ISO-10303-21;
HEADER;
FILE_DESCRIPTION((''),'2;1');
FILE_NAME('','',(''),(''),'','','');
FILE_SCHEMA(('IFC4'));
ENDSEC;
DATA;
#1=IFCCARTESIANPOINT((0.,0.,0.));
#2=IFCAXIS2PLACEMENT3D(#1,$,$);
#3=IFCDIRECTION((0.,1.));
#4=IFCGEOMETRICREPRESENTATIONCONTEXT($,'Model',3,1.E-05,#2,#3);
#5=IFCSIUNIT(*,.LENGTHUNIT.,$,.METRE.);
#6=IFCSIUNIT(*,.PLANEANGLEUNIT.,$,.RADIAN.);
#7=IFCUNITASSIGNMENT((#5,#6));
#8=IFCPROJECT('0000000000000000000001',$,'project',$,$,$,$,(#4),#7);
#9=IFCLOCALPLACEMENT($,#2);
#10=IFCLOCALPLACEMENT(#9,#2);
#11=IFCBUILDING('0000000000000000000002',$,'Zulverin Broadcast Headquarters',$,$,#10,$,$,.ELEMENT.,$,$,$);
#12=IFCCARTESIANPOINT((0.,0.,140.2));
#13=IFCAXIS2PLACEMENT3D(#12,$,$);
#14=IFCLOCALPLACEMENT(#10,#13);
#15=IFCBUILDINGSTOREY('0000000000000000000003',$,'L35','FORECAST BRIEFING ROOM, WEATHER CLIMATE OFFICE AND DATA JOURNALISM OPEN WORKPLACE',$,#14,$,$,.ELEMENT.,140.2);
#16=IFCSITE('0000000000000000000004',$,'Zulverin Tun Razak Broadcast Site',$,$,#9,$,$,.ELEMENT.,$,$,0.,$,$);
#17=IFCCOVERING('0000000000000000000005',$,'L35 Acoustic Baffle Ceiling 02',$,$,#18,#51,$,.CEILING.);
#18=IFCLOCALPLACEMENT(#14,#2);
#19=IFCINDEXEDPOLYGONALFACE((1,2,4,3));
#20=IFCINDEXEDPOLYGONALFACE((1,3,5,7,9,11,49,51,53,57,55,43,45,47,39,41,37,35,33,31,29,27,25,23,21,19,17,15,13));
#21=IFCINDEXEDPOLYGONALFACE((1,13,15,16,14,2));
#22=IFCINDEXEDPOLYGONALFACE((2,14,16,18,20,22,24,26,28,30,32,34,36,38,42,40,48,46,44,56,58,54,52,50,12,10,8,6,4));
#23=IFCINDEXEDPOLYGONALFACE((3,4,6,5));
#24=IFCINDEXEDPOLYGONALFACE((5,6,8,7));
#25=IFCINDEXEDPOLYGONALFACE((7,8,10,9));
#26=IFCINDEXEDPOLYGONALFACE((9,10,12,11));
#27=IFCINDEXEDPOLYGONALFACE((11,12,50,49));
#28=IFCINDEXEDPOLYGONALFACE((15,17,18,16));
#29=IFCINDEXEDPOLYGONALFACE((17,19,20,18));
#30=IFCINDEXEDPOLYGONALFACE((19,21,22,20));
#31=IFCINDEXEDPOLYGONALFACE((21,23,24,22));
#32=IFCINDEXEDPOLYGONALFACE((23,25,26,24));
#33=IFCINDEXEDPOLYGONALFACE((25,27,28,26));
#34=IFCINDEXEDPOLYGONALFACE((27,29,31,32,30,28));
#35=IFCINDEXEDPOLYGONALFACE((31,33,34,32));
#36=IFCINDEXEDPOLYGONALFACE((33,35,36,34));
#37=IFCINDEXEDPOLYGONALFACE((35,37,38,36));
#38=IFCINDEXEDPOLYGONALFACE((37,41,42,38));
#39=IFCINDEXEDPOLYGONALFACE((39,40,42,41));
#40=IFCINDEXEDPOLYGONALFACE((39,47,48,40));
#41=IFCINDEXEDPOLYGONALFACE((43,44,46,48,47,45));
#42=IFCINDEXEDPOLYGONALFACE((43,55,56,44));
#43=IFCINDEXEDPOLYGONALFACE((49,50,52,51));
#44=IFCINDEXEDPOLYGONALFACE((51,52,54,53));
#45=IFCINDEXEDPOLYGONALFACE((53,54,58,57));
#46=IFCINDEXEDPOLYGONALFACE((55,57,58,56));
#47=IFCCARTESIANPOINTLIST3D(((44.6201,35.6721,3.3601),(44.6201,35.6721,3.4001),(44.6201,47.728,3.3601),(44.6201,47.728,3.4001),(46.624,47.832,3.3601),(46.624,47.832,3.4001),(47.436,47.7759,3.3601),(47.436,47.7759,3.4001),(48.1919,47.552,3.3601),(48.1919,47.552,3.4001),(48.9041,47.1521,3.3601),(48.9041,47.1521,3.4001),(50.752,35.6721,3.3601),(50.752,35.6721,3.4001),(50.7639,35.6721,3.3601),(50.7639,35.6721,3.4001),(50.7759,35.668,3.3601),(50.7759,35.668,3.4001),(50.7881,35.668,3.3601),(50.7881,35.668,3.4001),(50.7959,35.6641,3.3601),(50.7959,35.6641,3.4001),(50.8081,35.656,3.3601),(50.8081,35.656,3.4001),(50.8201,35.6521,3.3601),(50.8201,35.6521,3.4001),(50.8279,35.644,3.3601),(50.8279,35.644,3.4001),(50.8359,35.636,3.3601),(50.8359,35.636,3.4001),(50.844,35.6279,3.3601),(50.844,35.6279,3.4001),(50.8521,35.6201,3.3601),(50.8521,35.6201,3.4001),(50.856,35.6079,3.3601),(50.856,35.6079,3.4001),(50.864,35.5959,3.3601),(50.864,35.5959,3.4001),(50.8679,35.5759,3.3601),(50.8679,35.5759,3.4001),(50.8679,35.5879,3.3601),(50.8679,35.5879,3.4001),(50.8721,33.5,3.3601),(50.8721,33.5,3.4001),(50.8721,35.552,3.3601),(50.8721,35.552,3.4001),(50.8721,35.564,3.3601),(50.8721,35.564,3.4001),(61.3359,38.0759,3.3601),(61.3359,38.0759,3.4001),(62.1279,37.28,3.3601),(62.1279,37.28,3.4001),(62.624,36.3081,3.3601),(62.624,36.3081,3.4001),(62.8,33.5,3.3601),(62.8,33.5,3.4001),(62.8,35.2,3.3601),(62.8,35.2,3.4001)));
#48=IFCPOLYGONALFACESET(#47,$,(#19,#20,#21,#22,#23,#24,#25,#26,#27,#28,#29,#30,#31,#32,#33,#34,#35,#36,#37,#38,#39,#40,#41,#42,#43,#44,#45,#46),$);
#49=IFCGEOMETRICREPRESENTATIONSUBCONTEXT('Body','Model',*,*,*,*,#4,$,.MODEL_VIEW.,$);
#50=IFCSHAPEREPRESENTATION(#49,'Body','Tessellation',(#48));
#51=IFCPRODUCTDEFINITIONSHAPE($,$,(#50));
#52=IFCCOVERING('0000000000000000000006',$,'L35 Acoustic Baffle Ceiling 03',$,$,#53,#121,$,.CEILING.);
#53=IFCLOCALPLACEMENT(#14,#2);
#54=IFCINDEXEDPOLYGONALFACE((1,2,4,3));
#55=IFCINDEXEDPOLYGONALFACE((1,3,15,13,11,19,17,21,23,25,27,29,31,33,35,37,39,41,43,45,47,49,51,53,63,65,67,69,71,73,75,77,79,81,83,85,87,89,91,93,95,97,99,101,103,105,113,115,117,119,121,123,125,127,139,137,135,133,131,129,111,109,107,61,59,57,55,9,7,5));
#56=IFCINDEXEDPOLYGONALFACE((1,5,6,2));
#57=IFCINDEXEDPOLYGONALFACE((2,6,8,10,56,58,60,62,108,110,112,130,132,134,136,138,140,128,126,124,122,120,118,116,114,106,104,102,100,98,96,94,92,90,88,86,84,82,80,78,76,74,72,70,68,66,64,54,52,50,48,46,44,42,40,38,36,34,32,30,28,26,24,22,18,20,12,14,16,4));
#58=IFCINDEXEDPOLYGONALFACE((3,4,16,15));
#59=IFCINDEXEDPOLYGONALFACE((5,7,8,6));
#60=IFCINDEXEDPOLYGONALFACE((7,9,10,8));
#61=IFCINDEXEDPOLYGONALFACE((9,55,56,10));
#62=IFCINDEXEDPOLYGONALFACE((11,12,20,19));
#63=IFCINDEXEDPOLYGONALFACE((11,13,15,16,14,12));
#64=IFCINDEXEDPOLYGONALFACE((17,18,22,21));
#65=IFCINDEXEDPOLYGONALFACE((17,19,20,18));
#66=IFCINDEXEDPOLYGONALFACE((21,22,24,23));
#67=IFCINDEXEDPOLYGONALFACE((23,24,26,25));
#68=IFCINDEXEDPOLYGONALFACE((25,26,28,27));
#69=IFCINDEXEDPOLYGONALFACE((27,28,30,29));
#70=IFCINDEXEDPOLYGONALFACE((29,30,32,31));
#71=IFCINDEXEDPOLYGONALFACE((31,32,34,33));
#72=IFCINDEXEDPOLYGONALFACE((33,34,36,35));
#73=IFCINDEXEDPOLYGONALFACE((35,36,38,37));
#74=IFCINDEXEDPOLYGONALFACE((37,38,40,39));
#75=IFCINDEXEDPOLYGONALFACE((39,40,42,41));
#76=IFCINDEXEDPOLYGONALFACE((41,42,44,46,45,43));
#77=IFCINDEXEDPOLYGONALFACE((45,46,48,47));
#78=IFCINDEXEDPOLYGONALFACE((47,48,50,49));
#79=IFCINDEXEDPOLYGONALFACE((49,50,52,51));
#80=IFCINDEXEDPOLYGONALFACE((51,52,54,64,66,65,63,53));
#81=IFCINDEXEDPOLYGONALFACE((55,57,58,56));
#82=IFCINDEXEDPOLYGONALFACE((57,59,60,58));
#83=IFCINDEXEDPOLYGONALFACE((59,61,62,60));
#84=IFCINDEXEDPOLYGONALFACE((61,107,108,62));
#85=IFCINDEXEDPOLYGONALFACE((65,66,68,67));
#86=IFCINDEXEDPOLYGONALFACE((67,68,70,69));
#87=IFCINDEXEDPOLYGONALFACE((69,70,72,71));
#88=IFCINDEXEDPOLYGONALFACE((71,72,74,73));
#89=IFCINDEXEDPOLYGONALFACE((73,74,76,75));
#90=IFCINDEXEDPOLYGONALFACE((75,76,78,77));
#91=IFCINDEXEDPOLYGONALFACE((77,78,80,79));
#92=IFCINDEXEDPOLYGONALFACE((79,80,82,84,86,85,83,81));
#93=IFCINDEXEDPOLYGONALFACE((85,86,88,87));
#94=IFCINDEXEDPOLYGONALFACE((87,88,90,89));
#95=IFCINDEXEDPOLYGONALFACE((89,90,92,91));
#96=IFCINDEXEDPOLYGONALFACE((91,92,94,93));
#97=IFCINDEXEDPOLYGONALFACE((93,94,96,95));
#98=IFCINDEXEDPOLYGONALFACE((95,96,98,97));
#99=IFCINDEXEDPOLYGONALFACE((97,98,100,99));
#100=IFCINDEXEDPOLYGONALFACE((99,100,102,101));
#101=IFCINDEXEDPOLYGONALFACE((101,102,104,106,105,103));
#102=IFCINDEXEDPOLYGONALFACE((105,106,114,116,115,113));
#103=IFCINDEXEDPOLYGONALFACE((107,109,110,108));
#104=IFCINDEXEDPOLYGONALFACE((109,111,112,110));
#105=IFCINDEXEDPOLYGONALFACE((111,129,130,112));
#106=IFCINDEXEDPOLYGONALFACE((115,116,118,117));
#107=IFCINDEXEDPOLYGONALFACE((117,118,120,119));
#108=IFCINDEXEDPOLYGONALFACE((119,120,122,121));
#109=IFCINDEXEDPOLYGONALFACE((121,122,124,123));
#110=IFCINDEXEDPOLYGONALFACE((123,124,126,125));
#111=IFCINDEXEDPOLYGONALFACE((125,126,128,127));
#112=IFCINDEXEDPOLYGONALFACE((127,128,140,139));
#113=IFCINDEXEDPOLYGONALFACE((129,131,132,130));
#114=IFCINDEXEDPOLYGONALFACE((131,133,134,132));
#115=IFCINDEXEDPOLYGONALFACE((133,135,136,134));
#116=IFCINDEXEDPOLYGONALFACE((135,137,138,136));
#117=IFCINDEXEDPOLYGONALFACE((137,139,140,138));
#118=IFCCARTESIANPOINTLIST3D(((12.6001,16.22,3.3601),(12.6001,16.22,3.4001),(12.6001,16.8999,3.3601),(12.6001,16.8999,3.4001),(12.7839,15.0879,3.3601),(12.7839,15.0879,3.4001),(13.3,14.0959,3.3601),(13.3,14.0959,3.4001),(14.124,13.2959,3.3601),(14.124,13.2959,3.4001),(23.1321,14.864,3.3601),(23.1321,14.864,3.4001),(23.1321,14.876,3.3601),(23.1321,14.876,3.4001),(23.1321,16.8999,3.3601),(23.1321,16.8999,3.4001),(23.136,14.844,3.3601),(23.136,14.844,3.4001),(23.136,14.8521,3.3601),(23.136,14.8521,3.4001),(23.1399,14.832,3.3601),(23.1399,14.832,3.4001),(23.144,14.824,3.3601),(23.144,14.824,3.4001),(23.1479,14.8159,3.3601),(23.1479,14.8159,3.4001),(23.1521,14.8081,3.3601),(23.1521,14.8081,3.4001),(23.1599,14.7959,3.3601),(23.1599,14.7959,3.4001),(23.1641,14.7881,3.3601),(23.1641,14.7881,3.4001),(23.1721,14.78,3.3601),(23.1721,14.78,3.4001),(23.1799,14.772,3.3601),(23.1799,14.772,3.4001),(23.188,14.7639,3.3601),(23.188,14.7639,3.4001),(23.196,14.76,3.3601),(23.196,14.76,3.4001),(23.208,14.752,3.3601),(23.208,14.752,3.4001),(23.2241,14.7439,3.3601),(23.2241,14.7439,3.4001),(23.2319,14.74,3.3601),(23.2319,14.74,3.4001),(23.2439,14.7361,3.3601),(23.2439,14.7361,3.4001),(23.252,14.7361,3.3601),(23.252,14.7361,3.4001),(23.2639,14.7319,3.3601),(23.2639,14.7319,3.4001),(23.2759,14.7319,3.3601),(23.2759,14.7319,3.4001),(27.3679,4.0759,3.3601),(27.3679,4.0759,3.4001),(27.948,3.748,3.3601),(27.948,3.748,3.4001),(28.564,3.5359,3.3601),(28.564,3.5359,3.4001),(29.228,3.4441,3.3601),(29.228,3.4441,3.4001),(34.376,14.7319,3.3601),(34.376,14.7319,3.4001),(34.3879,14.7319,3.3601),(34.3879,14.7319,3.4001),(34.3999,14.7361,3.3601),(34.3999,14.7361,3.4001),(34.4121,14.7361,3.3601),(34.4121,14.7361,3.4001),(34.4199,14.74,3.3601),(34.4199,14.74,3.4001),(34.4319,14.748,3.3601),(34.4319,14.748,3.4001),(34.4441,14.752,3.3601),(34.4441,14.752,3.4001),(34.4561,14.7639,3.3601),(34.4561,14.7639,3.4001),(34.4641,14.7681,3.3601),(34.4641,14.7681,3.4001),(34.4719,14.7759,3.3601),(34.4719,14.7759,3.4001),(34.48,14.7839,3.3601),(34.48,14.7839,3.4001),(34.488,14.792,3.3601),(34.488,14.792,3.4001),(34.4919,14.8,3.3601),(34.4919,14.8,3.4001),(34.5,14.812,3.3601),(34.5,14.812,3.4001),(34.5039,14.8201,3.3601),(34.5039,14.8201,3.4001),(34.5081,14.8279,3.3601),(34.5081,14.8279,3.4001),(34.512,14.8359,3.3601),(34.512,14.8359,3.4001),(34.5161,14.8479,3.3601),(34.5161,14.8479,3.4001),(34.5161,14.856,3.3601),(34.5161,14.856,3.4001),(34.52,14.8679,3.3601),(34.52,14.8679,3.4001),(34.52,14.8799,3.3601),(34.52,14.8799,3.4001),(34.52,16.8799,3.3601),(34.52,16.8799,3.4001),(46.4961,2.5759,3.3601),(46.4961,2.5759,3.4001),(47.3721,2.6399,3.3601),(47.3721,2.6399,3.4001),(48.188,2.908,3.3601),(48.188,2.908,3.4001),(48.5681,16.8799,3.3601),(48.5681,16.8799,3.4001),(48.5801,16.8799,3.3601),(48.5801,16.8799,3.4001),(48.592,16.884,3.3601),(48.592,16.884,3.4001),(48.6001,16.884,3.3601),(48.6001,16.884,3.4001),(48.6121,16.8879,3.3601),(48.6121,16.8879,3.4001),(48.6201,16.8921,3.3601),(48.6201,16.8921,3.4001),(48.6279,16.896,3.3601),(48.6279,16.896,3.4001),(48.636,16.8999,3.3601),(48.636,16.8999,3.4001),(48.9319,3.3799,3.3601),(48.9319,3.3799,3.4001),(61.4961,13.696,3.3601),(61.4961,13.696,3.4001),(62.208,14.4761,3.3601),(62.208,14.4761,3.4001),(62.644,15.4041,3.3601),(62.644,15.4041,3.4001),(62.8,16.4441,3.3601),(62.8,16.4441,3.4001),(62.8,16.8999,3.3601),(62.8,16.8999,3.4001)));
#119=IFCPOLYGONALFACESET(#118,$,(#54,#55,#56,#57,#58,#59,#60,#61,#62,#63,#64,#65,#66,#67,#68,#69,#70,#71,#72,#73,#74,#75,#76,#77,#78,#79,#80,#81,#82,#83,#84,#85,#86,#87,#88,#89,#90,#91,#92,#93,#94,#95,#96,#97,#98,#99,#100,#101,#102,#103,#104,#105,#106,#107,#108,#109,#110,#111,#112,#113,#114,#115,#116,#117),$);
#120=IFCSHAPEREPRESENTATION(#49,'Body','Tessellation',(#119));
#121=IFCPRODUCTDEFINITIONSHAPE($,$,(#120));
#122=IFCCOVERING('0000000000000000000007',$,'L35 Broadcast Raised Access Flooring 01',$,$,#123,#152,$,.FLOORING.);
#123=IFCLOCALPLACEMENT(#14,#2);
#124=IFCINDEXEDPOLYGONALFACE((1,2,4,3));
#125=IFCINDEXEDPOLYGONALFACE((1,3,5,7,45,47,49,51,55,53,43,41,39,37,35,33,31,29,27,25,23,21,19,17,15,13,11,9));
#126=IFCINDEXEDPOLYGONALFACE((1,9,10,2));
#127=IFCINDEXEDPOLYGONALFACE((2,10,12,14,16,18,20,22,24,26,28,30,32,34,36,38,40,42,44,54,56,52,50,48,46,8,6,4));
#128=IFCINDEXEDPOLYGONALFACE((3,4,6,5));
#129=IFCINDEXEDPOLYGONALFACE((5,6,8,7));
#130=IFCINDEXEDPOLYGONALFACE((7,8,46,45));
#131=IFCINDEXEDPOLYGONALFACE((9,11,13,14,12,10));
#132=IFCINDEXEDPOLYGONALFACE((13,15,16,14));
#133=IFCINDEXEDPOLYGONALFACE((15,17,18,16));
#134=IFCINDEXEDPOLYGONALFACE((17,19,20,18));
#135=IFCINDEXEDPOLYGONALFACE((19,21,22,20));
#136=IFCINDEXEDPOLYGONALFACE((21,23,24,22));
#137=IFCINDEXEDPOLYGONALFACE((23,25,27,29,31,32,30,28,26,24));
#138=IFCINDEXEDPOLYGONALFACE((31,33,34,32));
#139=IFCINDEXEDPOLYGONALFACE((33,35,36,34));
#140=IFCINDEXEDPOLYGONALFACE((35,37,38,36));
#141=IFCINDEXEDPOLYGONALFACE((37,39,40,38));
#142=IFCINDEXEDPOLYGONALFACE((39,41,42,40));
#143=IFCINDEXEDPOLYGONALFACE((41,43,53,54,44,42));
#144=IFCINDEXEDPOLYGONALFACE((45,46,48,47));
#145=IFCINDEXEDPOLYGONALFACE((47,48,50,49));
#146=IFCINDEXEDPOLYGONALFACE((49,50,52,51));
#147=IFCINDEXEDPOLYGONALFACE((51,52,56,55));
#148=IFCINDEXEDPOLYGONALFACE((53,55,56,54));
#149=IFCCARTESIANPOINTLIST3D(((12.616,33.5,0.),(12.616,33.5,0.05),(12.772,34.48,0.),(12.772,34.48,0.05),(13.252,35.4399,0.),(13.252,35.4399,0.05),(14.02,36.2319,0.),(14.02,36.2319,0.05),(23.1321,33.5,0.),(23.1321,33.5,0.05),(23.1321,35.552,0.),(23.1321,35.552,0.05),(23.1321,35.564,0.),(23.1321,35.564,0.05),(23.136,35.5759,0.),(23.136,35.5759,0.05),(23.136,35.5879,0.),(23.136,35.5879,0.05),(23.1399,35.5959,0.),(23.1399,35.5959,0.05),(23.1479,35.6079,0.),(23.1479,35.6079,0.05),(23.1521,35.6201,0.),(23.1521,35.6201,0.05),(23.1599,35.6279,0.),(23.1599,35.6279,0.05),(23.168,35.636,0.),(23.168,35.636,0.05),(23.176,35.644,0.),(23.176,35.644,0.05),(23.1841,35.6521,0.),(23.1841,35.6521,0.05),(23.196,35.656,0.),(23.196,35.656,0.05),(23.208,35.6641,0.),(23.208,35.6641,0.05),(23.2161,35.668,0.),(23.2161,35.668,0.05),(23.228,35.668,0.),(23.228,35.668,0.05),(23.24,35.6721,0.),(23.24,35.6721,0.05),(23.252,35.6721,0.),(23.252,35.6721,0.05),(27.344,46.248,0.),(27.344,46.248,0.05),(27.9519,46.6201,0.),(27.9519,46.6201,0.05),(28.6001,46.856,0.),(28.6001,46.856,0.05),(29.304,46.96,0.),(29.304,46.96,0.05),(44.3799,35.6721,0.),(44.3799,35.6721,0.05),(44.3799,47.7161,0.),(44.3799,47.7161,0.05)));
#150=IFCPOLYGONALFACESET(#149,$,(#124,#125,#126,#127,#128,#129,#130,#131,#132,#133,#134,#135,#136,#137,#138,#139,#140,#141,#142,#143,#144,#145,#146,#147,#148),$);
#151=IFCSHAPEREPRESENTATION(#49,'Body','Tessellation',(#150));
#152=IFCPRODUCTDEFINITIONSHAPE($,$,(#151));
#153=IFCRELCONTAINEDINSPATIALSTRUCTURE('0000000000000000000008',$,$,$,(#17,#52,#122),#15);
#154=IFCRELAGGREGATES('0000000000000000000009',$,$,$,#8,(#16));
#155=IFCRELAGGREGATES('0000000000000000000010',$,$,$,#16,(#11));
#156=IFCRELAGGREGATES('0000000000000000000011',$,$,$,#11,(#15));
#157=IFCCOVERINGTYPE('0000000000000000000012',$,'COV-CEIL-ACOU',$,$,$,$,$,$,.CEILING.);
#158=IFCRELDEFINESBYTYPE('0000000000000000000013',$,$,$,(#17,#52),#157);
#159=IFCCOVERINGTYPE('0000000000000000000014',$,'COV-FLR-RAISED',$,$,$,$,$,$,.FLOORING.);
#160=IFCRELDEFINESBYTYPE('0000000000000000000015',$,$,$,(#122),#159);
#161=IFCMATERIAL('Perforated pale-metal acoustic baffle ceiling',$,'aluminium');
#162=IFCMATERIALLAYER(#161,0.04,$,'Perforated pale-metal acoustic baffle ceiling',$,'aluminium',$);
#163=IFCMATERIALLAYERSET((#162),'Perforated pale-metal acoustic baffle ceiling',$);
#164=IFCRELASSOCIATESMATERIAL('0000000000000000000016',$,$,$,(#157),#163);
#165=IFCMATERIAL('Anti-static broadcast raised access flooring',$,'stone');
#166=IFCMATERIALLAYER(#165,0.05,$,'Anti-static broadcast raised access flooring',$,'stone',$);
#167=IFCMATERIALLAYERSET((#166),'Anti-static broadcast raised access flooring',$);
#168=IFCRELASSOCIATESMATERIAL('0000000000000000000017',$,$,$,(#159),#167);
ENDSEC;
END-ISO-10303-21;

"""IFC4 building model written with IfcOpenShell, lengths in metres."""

from ifc_helpers import new_model, si_unit, direction, frame, origin, place, context, subcontext, project, spatial, polyline, outline, extrude, material, layer, layer_set, type_object, element, save


model = new_model("IFC4")

# Units and contexts
model_context = context("Model", 3, precision=1e-05, world=origin(), true_north=direction((0.0, 1.0)))
body_context = subcontext(model_context, "Body", "Model", "MODEL_VIEW")
ifc_project = project(units=[si_unit("LENGTHUNIT", "METRE"), si_unit("PLANEANGLEUNIT", "RADIAN")], contexts=[model_context])

# Site, building, storey
site_placement = place(None, origin())
site = spatial("IfcSite", under=ifc_project, at=site_placement, Name="Zulverin Tun Razak Broadcast Site", CompositionType="ELEMENT", RefElevation=0.0)
building_placement = place(site_placement, origin())
building = spatial("IfcBuilding", under=site, at=building_placement, Name="Zulverin Broadcast Headquarters", CompositionType="ELEMENT")
storey_placement = place(building_placement, frame((0.0, 0.0, 140.2)))
storey = spatial("IfcBuildingStorey", under=building, at=storey_placement, Name="L35", Description="FORECAST BRIEFING ROOM, WEATHER CLIMATE OFFICE AND DATA JOURNALISM OPEN WORKPLACE", CompositionType="ELEMENT", Elevation=140.2)

# Coverings
ifc_material_1 = material(Name="Perforated pale-metal acoustic baffle ceiling", Category="aluminium")
ifc_layer_1 = layer(ifc_material_1, 0.04, Name="Perforated pale-metal acoustic baffle ceiling", Category="aluminium")
ifc_layer_set_1 = layer_set([ifc_layer_1], Name="Perforated pale-metal acoustic baffle ceiling")
covering_type_1 = type_object("IfcCoveringType", Name="COV-CEIL-ACOU", PredefinedType="CEILING", material=ifc_layer_set_1)
covering_1_placement = place(storey_placement, frame((0.0, 0.0, 3.3601)))
element("IfcCovering", 1, at=covering_1_placement, inside=storey, type_object=covering_type_1, Name="L35 Acoustic Baffle Ceiling 02", PredefinedType="CEILING", context=body_context, shape_type="SweptSolid", body=[
    extrude(outline(polyline([(62.1279, 37.28), (61.3359, 38.0759), (48.9041, 47.1521), (48.1919, 47.552), (47.436, 47.7759), (46.624, 47.832), (44.6201, 47.728), (44.6201, 35.6721), (50.752, 35.6721), (50.7639, 35.6721), (50.7759, 35.668), (50.7881, 35.668), (50.7959, 35.6641), (50.8081, 35.656), (50.8201, 35.6521), (50.8279, 35.644), (50.8359, 35.636), (50.844, 35.6279), (50.8521, 35.6201), (50.856, 35.6079), (50.864, 35.5959), (50.8679, 35.5879), (50.8679, 35.5759), (50.8721, 35.564), (50.8721, 35.552), (50.8721, 33.5), (62.8, 33.5), (62.8, 35.2), (62.624, 36.3081), (62.1279, 37.28)])), origin(), (0.0, 0.0, 1.0), 0.04),
])
covering_2_placement = place(storey_placement, frame((0.0, 0.0, 3.3601)))
element("IfcCovering", 2, at=covering_2_placement, inside=storey, type_object=covering_type_1, Name="L35 Acoustic Baffle Ceiling 03", PredefinedType="CEILING", context=body_context, shape_type="SweptSolid", body=[
    extrude(outline(polyline([(23.1321, 14.864), (23.1321, 14.876), (23.1321, 16.8999), (12.6001, 16.8999), (12.6001, 16.22), (12.7839, 15.0879), (13.3, 14.0959), (14.124, 13.2959), (27.3679, 4.0759), (27.948, 3.748), (28.564, 3.5359), (29.228, 3.4441), (46.4961, 2.5759), (47.3721, 2.6399), (48.188, 2.908), (48.9319, 3.3799), (61.4961, 13.696), (62.208, 14.4761), (62.644, 15.4041), (62.8, 16.4441), (62.8, 16.8999), (48.636, 16.8999), (48.6279, 16.896), (48.6201, 16.8921), (48.6121, 16.8879), (48.6001, 16.884), (48.592, 16.884), (48.5801, 16.8799), (48.5681, 16.8799), (34.52, 16.8799), (34.52, 14.8799), (34.52, 14.8679), (34.5161, 14.856), (34.5161, 14.8479), (34.512, 14.8359), (34.5081, 14.8279), (34.5039, 14.8201), (34.5, 14.812), (34.4919, 14.8), (34.488, 14.792), (34.48, 14.7839), (34.4719, 14.7759), (34.4641, 14.7681), (34.4561, 14.7639), (34.4441, 14.752), (34.4319, 14.748), (34.4199, 14.74), (34.4121, 14.7361), (34.3999, 14.7361), (34.3879, 14.7319), (34.376, 14.7319), (23.2759, 14.7319), (23.2639, 14.7319), (23.252, 14.7361), (23.2439, 14.7361), (23.2319, 14.74), (23.2241, 14.7439), (23.208, 14.752), (23.196, 14.76), (23.188, 14.7639), (23.1799, 14.772), (23.1721, 14.78), (23.1641, 14.7881), (23.1599, 14.7959), (23.1521, 14.8081), (23.1479, 14.8159), (23.144, 14.824), (23.1399, 14.832), (23.136, 14.844), (23.136, 14.8521), (23.1321, 14.864)])), origin(), (0.0, 0.0, 1.0), 0.04),
])
ifc_material_2 = material(Name="Anti-static broadcast raised access flooring", Category="stone")
ifc_layer_2 = layer(ifc_material_2, 0.05, Name="Anti-static broadcast raised access flooring", Category="stone")
ifc_layer_set_2 = layer_set([ifc_layer_2], Name="Anti-static broadcast raised access flooring")
covering_type_2 = type_object("IfcCoveringType", Name="COV-FLR-RAISED", PredefinedType="FLOORING", material=ifc_layer_set_2)
covering_3_placement = place(storey_placement, origin())
element("IfcCovering", 3, at=covering_3_placement, inside=storey, type_object=covering_type_2, Name="L35 Broadcast Raised Access Flooring 01", PredefinedType="FLOORING", context=body_context, shape_type="SweptSolid", body=[
    extrude(outline(polyline([(14.02, 36.2319), (13.252, 35.4399), (12.772, 34.48), (12.616, 33.5), (23.1321, 33.5), (23.1321, 35.552), (23.1321, 35.564), (23.136, 35.5759), (23.136, 35.5879), (23.1399, 35.5959), (23.1479, 35.6079), (23.1521, 35.6201), (23.1599, 35.6279), (23.168, 35.636), (23.176, 35.644), (23.1841, 35.6521), (23.196, 35.656), (23.208, 35.6641), (23.2161, 35.668), (23.228, 35.668), (23.24, 35.6721), (23.252, 35.6721), (44.3799, 35.6721), (44.3799, 47.7161), (29.304, 46.96), (28.6001, 46.856), (27.9519, 46.6201), (27.344, 46.248), (14.02, 36.2319)])), origin(), (0.0, 0.0, 1.0), 0.05),
])

save(model, "model.ifc")
